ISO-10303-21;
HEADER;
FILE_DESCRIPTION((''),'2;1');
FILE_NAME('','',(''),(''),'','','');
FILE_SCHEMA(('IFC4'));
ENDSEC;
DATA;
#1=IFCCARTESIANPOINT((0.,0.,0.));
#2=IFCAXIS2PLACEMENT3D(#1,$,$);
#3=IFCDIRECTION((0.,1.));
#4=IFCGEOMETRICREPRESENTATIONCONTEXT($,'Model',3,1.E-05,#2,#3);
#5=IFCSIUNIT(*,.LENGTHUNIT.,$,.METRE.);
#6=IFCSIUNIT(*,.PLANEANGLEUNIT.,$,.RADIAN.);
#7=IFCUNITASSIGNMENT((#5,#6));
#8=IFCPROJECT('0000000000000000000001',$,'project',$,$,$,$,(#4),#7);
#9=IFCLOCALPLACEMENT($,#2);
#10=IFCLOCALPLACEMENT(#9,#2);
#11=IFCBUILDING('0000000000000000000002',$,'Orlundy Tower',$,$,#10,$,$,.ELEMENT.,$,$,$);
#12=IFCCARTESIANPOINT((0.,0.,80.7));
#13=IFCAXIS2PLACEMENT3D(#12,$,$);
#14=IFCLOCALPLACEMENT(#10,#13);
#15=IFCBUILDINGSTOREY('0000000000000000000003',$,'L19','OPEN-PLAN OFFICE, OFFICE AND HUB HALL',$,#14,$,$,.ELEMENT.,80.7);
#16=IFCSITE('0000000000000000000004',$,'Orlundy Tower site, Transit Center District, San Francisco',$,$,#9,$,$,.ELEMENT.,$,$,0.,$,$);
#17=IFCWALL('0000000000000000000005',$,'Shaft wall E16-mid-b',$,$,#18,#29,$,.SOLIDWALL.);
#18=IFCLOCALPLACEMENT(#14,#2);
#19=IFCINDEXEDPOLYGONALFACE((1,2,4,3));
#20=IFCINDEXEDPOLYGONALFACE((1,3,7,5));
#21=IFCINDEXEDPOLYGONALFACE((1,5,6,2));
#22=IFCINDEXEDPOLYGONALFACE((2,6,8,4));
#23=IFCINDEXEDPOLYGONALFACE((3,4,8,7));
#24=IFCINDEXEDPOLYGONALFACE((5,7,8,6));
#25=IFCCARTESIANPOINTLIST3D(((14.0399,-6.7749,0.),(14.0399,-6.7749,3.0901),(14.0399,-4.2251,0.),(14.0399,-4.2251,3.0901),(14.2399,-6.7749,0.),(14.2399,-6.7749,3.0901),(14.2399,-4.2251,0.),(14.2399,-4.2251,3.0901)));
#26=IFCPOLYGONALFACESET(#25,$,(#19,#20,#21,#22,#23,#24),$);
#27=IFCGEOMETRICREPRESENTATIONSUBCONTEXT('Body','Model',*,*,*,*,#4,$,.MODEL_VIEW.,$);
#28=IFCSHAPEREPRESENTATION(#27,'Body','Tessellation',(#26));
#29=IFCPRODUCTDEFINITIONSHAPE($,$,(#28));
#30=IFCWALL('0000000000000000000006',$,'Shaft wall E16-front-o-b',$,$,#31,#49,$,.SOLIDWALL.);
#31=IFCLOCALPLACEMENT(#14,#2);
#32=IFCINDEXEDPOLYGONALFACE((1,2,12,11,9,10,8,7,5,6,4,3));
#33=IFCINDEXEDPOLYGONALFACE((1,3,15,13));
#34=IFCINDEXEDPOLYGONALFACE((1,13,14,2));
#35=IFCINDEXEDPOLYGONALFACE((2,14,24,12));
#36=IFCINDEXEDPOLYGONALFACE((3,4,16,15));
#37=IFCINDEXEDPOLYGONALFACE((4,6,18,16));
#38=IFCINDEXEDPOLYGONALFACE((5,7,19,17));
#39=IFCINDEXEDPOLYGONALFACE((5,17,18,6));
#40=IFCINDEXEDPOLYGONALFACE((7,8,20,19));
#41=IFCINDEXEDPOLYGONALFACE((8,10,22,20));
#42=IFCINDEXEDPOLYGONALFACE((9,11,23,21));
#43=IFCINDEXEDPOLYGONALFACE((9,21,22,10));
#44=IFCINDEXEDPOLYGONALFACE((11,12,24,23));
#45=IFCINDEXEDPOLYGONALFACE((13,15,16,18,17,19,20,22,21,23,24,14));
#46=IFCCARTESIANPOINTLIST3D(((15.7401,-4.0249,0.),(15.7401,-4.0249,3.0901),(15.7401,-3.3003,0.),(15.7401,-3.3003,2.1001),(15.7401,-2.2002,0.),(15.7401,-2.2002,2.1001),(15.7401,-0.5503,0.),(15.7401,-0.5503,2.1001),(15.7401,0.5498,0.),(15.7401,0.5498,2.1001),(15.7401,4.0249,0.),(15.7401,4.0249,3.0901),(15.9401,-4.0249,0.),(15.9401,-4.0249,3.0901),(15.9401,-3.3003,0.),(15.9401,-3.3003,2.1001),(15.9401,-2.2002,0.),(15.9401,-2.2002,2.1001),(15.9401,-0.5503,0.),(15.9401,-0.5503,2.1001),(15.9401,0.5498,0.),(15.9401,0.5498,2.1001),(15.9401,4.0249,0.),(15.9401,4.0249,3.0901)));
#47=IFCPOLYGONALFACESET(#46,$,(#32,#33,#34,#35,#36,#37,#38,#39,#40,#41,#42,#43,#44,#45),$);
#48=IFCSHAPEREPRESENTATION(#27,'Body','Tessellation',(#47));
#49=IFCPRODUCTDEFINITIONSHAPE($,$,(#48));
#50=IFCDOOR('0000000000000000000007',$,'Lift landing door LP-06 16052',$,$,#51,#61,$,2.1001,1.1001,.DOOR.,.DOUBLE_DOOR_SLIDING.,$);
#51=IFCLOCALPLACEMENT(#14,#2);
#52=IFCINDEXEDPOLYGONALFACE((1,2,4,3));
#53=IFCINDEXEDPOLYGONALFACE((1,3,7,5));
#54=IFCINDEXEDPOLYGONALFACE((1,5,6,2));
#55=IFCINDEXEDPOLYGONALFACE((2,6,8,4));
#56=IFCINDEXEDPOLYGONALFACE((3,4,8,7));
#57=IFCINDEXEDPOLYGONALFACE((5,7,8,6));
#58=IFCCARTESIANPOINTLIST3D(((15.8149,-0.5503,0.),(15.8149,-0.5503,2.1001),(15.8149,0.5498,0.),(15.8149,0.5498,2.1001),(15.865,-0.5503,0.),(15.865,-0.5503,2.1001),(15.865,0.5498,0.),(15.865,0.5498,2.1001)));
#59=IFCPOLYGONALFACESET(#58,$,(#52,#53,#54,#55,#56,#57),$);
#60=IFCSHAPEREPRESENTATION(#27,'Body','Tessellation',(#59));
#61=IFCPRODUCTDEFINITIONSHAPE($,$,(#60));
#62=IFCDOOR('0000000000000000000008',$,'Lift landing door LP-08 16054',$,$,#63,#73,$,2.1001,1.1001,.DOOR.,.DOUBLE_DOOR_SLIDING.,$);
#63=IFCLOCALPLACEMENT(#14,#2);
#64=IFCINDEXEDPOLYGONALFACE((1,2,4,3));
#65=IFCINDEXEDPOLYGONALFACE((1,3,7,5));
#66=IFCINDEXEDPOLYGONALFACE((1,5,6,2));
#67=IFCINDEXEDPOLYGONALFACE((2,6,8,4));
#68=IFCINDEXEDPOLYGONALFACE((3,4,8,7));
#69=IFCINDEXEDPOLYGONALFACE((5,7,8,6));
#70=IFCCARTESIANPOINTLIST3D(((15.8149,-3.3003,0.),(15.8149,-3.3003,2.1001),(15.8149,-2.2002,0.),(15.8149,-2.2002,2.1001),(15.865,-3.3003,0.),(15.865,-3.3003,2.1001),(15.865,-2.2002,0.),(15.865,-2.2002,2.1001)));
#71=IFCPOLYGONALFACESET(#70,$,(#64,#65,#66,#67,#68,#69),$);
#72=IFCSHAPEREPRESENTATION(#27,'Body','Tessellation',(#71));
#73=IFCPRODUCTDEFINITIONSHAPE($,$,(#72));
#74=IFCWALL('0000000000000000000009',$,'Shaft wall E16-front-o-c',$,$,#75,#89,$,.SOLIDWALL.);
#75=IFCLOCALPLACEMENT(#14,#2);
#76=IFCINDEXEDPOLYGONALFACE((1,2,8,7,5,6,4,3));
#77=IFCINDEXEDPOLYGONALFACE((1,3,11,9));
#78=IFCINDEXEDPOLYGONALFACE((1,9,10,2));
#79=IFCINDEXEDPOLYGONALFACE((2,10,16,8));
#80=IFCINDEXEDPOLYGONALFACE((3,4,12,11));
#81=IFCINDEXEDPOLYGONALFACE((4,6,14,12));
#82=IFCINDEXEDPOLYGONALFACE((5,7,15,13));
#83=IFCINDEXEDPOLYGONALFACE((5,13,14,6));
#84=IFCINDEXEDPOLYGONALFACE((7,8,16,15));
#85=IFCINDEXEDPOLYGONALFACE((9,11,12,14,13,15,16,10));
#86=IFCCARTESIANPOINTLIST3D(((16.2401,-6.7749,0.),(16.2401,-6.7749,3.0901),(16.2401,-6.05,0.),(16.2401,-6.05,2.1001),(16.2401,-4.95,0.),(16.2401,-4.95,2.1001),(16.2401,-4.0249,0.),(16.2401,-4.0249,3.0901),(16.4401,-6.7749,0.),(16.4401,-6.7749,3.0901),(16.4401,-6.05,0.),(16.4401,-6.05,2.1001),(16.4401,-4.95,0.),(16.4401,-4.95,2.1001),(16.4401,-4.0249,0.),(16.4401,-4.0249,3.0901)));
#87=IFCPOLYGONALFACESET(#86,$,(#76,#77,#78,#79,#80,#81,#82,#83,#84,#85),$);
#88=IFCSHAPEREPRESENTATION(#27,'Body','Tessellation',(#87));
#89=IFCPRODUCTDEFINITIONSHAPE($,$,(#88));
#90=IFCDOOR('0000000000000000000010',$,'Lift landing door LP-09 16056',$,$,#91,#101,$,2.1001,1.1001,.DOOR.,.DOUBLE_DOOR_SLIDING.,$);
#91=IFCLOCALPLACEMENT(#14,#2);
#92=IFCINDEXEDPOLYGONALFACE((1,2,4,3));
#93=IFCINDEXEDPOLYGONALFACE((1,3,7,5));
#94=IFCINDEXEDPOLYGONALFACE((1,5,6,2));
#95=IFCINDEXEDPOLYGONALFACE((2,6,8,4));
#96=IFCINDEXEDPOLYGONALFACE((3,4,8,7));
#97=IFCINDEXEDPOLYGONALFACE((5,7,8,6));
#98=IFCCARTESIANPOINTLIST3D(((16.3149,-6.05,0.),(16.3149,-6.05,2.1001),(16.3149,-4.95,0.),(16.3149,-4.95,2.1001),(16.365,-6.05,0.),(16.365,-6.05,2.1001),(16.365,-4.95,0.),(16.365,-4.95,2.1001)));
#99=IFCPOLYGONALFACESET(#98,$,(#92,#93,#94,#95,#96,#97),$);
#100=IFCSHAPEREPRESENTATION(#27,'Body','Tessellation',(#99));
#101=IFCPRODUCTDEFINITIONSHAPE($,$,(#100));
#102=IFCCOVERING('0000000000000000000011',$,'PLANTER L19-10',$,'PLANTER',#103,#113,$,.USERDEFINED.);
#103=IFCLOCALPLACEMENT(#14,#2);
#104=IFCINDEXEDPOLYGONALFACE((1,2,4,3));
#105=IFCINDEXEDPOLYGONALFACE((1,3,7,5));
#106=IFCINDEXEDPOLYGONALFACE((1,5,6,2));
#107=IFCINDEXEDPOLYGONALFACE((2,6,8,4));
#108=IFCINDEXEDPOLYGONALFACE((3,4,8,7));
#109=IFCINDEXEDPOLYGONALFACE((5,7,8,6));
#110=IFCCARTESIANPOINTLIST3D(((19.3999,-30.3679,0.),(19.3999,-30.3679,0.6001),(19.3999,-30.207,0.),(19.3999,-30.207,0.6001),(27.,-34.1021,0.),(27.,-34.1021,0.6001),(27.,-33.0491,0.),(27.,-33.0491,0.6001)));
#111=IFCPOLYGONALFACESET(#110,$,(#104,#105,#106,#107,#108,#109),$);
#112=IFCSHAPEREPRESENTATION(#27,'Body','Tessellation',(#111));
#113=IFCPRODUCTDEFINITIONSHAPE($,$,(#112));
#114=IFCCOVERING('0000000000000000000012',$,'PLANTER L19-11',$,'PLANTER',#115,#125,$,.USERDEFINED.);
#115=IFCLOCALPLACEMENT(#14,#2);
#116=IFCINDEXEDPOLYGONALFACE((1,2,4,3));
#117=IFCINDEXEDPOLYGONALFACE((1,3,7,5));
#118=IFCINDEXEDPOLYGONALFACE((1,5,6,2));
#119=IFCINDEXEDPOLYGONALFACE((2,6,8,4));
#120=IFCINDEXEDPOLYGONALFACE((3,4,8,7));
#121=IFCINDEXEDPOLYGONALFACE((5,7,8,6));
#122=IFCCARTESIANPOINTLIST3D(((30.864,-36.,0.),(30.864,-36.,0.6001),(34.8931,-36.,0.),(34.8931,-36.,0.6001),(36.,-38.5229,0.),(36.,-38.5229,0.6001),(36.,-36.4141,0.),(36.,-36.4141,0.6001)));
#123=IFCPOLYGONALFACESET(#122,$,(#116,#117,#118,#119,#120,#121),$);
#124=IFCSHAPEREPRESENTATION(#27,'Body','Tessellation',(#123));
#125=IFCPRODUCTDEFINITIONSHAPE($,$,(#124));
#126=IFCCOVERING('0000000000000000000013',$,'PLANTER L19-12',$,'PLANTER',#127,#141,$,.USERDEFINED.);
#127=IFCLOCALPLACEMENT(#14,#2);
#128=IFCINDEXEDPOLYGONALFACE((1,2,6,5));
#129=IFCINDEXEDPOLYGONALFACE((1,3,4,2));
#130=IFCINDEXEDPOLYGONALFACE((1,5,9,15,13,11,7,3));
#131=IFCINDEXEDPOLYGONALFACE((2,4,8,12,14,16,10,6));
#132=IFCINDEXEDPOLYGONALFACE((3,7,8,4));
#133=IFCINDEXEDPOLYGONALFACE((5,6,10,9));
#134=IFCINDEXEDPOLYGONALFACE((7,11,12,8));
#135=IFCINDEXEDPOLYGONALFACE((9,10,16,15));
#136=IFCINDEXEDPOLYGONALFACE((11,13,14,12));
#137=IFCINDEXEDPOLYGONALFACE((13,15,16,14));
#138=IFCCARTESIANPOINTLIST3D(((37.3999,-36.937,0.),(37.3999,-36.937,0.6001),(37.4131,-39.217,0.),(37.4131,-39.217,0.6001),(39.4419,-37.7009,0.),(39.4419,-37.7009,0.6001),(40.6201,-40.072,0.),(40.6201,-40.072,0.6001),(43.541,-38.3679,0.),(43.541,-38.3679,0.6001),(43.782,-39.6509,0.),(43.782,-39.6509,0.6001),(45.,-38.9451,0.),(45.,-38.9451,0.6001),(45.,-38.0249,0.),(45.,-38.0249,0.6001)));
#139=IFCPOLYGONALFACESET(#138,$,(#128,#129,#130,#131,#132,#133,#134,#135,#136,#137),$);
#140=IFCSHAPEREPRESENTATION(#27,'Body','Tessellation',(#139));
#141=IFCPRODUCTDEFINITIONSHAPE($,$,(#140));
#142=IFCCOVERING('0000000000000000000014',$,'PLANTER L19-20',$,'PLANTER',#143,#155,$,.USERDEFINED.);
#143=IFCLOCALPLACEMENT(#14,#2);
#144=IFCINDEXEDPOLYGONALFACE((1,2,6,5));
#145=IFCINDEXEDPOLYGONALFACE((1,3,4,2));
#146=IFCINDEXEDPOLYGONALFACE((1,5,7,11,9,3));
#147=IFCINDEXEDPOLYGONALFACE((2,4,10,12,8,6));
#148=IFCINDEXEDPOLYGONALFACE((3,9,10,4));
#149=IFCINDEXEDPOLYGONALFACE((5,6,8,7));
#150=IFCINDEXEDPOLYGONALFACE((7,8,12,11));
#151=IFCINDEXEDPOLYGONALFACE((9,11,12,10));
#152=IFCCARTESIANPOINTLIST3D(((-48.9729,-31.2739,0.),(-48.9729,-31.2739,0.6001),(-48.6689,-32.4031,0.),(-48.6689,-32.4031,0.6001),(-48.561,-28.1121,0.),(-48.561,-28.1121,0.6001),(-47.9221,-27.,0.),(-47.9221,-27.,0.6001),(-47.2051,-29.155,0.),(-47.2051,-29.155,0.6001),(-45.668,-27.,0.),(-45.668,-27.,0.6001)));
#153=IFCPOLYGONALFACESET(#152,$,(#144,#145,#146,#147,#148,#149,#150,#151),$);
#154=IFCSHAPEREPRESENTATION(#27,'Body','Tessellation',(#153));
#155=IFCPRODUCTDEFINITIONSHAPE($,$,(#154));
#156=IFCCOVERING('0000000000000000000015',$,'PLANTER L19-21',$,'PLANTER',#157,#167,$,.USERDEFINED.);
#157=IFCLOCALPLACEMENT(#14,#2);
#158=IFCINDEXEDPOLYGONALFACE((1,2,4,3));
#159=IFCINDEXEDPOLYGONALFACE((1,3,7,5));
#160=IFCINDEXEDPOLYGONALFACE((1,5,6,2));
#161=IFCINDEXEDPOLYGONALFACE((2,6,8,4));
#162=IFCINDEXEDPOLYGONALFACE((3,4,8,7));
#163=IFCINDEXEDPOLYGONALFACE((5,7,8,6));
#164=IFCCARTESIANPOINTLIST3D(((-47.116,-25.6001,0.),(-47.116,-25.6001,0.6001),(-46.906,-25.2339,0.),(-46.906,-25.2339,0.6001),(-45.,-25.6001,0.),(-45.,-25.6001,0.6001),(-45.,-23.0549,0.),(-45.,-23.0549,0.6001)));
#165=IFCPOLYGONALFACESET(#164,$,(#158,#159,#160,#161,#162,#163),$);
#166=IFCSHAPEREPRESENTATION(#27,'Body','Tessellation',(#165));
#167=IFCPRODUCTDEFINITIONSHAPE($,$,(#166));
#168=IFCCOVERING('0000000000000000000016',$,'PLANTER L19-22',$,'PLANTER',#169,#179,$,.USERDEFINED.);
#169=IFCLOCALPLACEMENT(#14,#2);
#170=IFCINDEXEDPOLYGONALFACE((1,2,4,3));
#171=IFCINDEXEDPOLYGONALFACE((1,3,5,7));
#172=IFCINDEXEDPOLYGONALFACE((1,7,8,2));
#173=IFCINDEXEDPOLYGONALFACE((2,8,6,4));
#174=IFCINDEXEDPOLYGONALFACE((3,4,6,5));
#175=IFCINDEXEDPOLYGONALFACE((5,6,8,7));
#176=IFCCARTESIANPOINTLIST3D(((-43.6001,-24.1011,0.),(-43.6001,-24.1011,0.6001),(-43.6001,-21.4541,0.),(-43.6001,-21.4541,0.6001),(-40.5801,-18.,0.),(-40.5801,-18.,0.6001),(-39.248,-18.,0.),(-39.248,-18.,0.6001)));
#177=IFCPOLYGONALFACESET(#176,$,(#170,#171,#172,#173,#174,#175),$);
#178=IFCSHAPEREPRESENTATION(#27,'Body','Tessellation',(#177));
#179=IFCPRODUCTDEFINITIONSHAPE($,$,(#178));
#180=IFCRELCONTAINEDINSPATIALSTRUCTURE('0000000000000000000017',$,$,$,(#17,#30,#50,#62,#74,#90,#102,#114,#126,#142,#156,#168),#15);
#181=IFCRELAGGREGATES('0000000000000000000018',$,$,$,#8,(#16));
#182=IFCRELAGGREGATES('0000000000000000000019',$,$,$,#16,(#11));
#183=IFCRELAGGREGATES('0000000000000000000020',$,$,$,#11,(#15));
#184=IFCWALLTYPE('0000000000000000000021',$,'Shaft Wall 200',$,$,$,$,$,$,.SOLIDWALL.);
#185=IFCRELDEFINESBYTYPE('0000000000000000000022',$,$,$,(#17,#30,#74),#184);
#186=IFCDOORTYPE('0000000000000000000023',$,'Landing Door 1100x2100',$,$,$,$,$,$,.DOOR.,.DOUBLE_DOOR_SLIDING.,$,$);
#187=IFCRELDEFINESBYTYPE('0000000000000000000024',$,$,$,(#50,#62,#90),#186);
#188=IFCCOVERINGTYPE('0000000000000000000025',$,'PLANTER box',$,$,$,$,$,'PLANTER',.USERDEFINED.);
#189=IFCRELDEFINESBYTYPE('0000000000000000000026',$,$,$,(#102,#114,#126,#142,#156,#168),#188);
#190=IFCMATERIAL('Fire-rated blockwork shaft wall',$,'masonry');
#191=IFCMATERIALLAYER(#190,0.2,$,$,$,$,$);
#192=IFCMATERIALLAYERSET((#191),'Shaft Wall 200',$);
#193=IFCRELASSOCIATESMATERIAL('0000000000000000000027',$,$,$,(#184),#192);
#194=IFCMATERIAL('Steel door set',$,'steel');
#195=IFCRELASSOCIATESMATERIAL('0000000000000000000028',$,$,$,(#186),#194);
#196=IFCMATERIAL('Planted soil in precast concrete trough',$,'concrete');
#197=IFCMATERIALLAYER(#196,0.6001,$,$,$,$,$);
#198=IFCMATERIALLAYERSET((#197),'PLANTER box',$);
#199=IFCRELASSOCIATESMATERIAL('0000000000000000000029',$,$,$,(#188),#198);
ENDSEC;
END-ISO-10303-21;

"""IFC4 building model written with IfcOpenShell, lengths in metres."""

from ifc_helpers import new_model, si_unit, direction, frame, frame_2d, origin, place, context, subcontext, project, spatial, polyline, rectangle, outline, extrude, material, layer, layer_set, type_object, element, fill, save


model = new_model("IFC4")

# Units and contexts
model_context = context("Model", 3, precision=1e-05, world=origin(), true_north=direction((0.0, 1.0)))
body_context = subcontext(model_context, "Body", "Model", "MODEL_VIEW")
ifc_project = project(units=[si_unit("LENGTHUNIT", "METRE"), si_unit("PLANEANGLEUNIT", "RADIAN")], contexts=[model_context])

# Site, building, storey
site_placement = place(None, origin())
site = spatial("IfcSite", under=ifc_project, at=site_placement, Name="Orlundy Tower site, Transit Center District, San Francisco", CompositionType="ELEMENT", RefElevation=0.0)
building_placement = place(site_placement, origin())
building = spatial("IfcBuilding", under=site, at=building_placement, Name="Orlundy Tower", CompositionType="ELEMENT")
storey_placement = place(building_placement, frame((0.0, 0.0, 80.7)))
storey = spatial("IfcBuildingStorey", under=building, at=storey_placement, Name="L19", Description="OPEN-PLAN OFFICE, OFFICE AND HUB HALL", CompositionType="ELEMENT", Elevation=80.7)

# Wall
ifc_material_1 = material(Name="Fire-rated blockwork shaft wall", Category="masonry")
ifc_layer_1 = layer(ifc_material_1, 0.2)
ifc_layer_set_1 = layer_set([ifc_layer_1], Name="Shaft Wall 200")
wall_type_1 = type_object("IfcWallType", Name="Shaft Wall 200", PredefinedType="SOLIDWALL", material=ifc_layer_set_1)
for number, where, z_axis, x_axis, name in (
    (1, (14.1399, -4.2251, 0.0), (0.0, 0.0, 1.0), (0.0, -1.0, 0.0), "Shaft wall E16-mid-b"),
):
    element("IfcWall", number, at=place(storey_placement, frame(where, z_axis=z_axis, x_axis=x_axis)), inside=storey, type_object=wall_type_1, Name=name, PredefinedType="SOLIDWALL", context=body_context, shape_type="SweptSolid", body=[
        extrude(rectangle(XDim=2.5498, YDim=0.2, at=frame_2d((1.2749, 0.0))), origin(), (0.0, 0.0, 1.0), 3.0901),
    ])

# Wall, openings, doors
wall_1_placement = place(storey_placement, frame((15.8401, 4.0249, 0.0), z_axis=(0.0, 0.0, 1.0), x_axis=(0.0, -1.0, 0.0)))
wall_1 = element("IfcWall", 2, at=wall_1_placement, inside=storey, type_object=wall_type_1, Name="Shaft wall E16-front-o-b", PredefinedType="SOLIDWALL", context=body_context, shape_type="SweptSolid", body=[
    extrude(rectangle(XDim=8.0498, YDim=0.2, at=frame_2d((4.0249, 0.0))), origin(), (0.0, 0.0, 1.0), 3.0901),
])
opening_1_placement = place(wall_1_placement, frame((3.4751, 0.0, 0.0)))
opening_1 = element("IfcOpeningElement", 3, at=opening_1_placement, cuts=wall_1, PredefinedType="OPENING", context=body_context, shape_type="SweptSolid", body=[
    extrude(rectangle(XDim=1.1001, YDim=2.1001, at=frame_2d((0.55, 1.05))), frame((0.0, 0.1101, 0.0), z_axis=(0.0, -1.0, 0.0), x_axis=(1.0, 0.0, 0.0)), (0.0, 0.0, 1.0), 0.2202),
])
opening_2_placement = place(wall_1_placement, frame((6.2251, 0.0, 0.0)))
opening_2 = element("IfcOpeningElement", 4, at=opening_2_placement, cuts=wall_1, PredefinedType="OPENING", context=body_context, shape_type="SweptSolid", body=[
    extrude(rectangle(XDim=1.1001, YDim=2.1001, at=frame_2d((0.55, 1.05))), frame((0.0, 0.1101, 0.0), z_axis=(0.0, -1.0, 0.0), x_axis=(1.0, 0.0, 0.0)), (0.0, 0.0, 1.0), 0.2202),
])
ifc_material_2 = material(Name="Steel door set", Category="steel")
door_type_1 = type_object("IfcDoorType", Name="Landing Door 1100x2100", OperationType="DOUBLE_DOOR_SLIDING", PredefinedType="DOOR", material=ifc_material_2)
door_1_placement = place(opening_1_placement, origin())
door_1 = element("IfcDoor", 5, at=door_1_placement, inside=storey, type_object=door_type_1, Name="Lift landing door LP-06 16052", OperationType="DOUBLE_DOOR_SLIDING", OverallHeight=2.1001, OverallWidth=1.1001, PredefinedType="DOOR", context=body_context, shape_type="SweptSolid", body=[
    extrude(rectangle(XDim=1.1001, YDim=2.1001, at=frame_2d((0.55, 1.05))), frame((0.0, 0.0249, 0.0), z_axis=(0.0, -1.0, 0.0), x_axis=(1.0, 0.0, 0.0)), (0.0, 0.0, 1.0), 0.05),
])
fill(opening_1, door_1)
door_2_placement = place(opening_2_placement, origin())
door_2 = element("IfcDoor", 6, at=door_2_placement, inside=storey, type_object=door_type_1, Name="Lift landing door LP-08 16054", OperationType="DOUBLE_DOOR_SLIDING", OverallHeight=2.1001, OverallWidth=1.1001, PredefinedType="DOOR", context=body_context, shape_type="SweptSolid", body=[
    extrude(rectangle(XDim=1.1001, YDim=2.1001, at=frame_2d((0.55, 1.05))), frame((0.0, 0.0249, 0.0), z_axis=(0.0, -1.0, 0.0), x_axis=(1.0, 0.0, 0.0)), (0.0, 0.0, 1.0), 0.05),
])
fill(opening_2, door_2)

# Wall, opening, door
wall_2_placement = place(storey_placement, frame((16.3401, -4.0249, 0.0), z_axis=(0.0, 0.0, 1.0), x_axis=(0.0, -1.0, 0.0)))
wall_2 = element("IfcWall", 7, at=wall_2_placement, inside=storey, type_object=wall_type_1, Name="Shaft wall E16-front-o-c", PredefinedType="SOLIDWALL", context=body_context, shape_type="SweptSolid", body=[
    extrude(rectangle(XDim=2.75, YDim=0.2, at=frame_2d((1.375, 0.0))), origin(), (0.0, 0.0, 1.0), 3.0901),
])
opening_3_placement = place(wall_2_placement, frame((0.925, 0.0, 0.0)))
opening_3 = element("IfcOpeningElement", 8, at=opening_3_placement, cuts=wall_2, PredefinedType="OPENING", context=body_context, shape_type="SweptSolid", body=[
    extrude(rectangle(XDim=1.1001, YDim=2.1001, at=frame_2d((0.55, 1.05))), frame((0.0, 0.1101, 0.0), z_axis=(0.0, -1.0, 0.0), x_axis=(1.0, 0.0, 0.0)), (0.0, 0.0, 1.0), 0.2202),
])
door_3_placement = place(opening_3_placement, origin())
door_3 = element("IfcDoor", 9, at=door_3_placement, inside=storey, type_object=door_type_1, Name="Lift landing door LP-09 16056", OperationType="DOUBLE_DOOR_SLIDING", OverallHeight=2.1001, OverallWidth=1.1001, PredefinedType="DOOR", context=body_context, shape_type="SweptSolid", body=[
    extrude(rectangle(XDim=1.1001, YDim=2.1001, at=frame_2d((0.55, 1.05))), frame((0.0, 0.0249, 0.0), z_axis=(0.0, -1.0, 0.0), x_axis=(1.0, 0.0, 0.0)), (0.0, 0.0, 1.0), 0.05),
])
fill(opening_3, door_3)

# Coverings
ifc_material_3 = material(Name="Planted soil in precast concrete trough", Category="concrete")
ifc_layer_2 = layer(ifc_material_3, 0.6001)
ifc_layer_set_2 = layer_set([ifc_layer_2], Name="PLANTER box")
covering_type = type_object("IfcCoveringType", Name="PLANTER box", ElementType="PLANTER", PredefinedType="USERDEFINED", material=ifc_layer_set_2)
covering_1_placement = place(storey_placement, origin())
element("IfcCovering", 10, at=covering_1_placement, inside=storey, type_object=covering_type, Name="PLANTER L19-10", ObjectType="PLANTER", PredefinedType="USERDEFINED", context=body_context, shape_type="SweptSolid", body=[
    extrude(outline(polyline([(19.3999, -30.3679), (19.3999, -30.207), (27.0, -33.0491), (27.0, -34.1021), (19.3999, -30.3679)])), origin(), (0.0, 0.0, 1.0), 0.6001),
])
covering_2_placement = place(storey_placement, origin())
element("IfcCovering", 11, at=covering_2_placement, inside=storey, type_object=covering_type, Name="PLANTER L19-11", ObjectType="PLANTER", PredefinedType="USERDEFINED", context=body_context, shape_type="SweptSolid", body=[
    extrude(outline(polyline([(30.864, -36.0), (34.8931, -36.0), (36.0, -36.4141), (36.0, -38.5229), (30.864, -36.0)])), origin(), (0.0, 0.0, 1.0), 0.6001),
])
covering_3_placement = place(storey_placement, origin())
element("IfcCovering", 12, at=covering_3_placement, inside=storey, type_object=covering_type, Name="PLANTER L19-12", ObjectType="PLANTER", PredefinedType="USERDEFINED", context=body_context, shape_type="SweptSolid", body=[
    extrude(outline(polyline([(43.782, -39.6509), (40.6201, -40.072), (37.4131, -39.217), (37.3999, -36.937), (39.4419, -37.7009), (43.541, -38.3679), (45.0, -38.0249), (45.0, -38.9451), (43.782, -39.6509)])), origin(), (0.0, 0.0, 1.0), 0.6001),
])
covering_4_placement = place(storey_placement, origin())
element("IfcCovering", 13, at=covering_4_placement, inside=storey, type_object=covering_type, Name="PLANTER L19-20", ObjectType="PLANTER", PredefinedType="USERDEFINED", context=body_context, shape_type="SweptSolid", body=[
    extrude(outline(polyline([(-47.9221, -27.0), (-45.668, -27.0), (-47.2051, -29.155), (-48.6689, -32.4031), (-48.9729, -31.2739), (-48.561, -28.1121), (-47.9221, -27.0)])), origin(), (0.0, 0.0, 1.0), 0.6001),
])
covering_5_placement = place(storey_placement, origin())
element("IfcCovering", 14, at=covering_5_placement, inside=storey, type_object=covering_type, Name="PLANTER L19-21", ObjectType="PLANTER", PredefinedType="USERDEFINED", context=body_context, shape_type="SweptSolid", body=[
    extrude(outline(polyline([(-46.906, -25.2339), (-45.0, -23.0549), (-45.0, -25.6001), (-47.116, -25.6001), (-46.906, -25.2339)])), origin(), (0.0, 0.0, 1.0), 0.6001),
])
covering_6_placement = place(storey_placement, origin())
element("IfcCovering", 15, at=covering_6_placement, inside=storey, type_object=covering_type, Name="PLANTER L19-22", ObjectType="PLANTER", PredefinedType="USERDEFINED", context=body_context, shape_type="SweptSolid", body=[
    extrude(outline(polyline([(-40.5801, -18.0), (-39.248, -18.0), (-43.6001, -24.1011), (-43.6001, -21.4541), (-40.5801, -18.0)])), origin(), (0.0, 0.0, 1.0), 0.6001),
])

save(model, "model.ifc")
